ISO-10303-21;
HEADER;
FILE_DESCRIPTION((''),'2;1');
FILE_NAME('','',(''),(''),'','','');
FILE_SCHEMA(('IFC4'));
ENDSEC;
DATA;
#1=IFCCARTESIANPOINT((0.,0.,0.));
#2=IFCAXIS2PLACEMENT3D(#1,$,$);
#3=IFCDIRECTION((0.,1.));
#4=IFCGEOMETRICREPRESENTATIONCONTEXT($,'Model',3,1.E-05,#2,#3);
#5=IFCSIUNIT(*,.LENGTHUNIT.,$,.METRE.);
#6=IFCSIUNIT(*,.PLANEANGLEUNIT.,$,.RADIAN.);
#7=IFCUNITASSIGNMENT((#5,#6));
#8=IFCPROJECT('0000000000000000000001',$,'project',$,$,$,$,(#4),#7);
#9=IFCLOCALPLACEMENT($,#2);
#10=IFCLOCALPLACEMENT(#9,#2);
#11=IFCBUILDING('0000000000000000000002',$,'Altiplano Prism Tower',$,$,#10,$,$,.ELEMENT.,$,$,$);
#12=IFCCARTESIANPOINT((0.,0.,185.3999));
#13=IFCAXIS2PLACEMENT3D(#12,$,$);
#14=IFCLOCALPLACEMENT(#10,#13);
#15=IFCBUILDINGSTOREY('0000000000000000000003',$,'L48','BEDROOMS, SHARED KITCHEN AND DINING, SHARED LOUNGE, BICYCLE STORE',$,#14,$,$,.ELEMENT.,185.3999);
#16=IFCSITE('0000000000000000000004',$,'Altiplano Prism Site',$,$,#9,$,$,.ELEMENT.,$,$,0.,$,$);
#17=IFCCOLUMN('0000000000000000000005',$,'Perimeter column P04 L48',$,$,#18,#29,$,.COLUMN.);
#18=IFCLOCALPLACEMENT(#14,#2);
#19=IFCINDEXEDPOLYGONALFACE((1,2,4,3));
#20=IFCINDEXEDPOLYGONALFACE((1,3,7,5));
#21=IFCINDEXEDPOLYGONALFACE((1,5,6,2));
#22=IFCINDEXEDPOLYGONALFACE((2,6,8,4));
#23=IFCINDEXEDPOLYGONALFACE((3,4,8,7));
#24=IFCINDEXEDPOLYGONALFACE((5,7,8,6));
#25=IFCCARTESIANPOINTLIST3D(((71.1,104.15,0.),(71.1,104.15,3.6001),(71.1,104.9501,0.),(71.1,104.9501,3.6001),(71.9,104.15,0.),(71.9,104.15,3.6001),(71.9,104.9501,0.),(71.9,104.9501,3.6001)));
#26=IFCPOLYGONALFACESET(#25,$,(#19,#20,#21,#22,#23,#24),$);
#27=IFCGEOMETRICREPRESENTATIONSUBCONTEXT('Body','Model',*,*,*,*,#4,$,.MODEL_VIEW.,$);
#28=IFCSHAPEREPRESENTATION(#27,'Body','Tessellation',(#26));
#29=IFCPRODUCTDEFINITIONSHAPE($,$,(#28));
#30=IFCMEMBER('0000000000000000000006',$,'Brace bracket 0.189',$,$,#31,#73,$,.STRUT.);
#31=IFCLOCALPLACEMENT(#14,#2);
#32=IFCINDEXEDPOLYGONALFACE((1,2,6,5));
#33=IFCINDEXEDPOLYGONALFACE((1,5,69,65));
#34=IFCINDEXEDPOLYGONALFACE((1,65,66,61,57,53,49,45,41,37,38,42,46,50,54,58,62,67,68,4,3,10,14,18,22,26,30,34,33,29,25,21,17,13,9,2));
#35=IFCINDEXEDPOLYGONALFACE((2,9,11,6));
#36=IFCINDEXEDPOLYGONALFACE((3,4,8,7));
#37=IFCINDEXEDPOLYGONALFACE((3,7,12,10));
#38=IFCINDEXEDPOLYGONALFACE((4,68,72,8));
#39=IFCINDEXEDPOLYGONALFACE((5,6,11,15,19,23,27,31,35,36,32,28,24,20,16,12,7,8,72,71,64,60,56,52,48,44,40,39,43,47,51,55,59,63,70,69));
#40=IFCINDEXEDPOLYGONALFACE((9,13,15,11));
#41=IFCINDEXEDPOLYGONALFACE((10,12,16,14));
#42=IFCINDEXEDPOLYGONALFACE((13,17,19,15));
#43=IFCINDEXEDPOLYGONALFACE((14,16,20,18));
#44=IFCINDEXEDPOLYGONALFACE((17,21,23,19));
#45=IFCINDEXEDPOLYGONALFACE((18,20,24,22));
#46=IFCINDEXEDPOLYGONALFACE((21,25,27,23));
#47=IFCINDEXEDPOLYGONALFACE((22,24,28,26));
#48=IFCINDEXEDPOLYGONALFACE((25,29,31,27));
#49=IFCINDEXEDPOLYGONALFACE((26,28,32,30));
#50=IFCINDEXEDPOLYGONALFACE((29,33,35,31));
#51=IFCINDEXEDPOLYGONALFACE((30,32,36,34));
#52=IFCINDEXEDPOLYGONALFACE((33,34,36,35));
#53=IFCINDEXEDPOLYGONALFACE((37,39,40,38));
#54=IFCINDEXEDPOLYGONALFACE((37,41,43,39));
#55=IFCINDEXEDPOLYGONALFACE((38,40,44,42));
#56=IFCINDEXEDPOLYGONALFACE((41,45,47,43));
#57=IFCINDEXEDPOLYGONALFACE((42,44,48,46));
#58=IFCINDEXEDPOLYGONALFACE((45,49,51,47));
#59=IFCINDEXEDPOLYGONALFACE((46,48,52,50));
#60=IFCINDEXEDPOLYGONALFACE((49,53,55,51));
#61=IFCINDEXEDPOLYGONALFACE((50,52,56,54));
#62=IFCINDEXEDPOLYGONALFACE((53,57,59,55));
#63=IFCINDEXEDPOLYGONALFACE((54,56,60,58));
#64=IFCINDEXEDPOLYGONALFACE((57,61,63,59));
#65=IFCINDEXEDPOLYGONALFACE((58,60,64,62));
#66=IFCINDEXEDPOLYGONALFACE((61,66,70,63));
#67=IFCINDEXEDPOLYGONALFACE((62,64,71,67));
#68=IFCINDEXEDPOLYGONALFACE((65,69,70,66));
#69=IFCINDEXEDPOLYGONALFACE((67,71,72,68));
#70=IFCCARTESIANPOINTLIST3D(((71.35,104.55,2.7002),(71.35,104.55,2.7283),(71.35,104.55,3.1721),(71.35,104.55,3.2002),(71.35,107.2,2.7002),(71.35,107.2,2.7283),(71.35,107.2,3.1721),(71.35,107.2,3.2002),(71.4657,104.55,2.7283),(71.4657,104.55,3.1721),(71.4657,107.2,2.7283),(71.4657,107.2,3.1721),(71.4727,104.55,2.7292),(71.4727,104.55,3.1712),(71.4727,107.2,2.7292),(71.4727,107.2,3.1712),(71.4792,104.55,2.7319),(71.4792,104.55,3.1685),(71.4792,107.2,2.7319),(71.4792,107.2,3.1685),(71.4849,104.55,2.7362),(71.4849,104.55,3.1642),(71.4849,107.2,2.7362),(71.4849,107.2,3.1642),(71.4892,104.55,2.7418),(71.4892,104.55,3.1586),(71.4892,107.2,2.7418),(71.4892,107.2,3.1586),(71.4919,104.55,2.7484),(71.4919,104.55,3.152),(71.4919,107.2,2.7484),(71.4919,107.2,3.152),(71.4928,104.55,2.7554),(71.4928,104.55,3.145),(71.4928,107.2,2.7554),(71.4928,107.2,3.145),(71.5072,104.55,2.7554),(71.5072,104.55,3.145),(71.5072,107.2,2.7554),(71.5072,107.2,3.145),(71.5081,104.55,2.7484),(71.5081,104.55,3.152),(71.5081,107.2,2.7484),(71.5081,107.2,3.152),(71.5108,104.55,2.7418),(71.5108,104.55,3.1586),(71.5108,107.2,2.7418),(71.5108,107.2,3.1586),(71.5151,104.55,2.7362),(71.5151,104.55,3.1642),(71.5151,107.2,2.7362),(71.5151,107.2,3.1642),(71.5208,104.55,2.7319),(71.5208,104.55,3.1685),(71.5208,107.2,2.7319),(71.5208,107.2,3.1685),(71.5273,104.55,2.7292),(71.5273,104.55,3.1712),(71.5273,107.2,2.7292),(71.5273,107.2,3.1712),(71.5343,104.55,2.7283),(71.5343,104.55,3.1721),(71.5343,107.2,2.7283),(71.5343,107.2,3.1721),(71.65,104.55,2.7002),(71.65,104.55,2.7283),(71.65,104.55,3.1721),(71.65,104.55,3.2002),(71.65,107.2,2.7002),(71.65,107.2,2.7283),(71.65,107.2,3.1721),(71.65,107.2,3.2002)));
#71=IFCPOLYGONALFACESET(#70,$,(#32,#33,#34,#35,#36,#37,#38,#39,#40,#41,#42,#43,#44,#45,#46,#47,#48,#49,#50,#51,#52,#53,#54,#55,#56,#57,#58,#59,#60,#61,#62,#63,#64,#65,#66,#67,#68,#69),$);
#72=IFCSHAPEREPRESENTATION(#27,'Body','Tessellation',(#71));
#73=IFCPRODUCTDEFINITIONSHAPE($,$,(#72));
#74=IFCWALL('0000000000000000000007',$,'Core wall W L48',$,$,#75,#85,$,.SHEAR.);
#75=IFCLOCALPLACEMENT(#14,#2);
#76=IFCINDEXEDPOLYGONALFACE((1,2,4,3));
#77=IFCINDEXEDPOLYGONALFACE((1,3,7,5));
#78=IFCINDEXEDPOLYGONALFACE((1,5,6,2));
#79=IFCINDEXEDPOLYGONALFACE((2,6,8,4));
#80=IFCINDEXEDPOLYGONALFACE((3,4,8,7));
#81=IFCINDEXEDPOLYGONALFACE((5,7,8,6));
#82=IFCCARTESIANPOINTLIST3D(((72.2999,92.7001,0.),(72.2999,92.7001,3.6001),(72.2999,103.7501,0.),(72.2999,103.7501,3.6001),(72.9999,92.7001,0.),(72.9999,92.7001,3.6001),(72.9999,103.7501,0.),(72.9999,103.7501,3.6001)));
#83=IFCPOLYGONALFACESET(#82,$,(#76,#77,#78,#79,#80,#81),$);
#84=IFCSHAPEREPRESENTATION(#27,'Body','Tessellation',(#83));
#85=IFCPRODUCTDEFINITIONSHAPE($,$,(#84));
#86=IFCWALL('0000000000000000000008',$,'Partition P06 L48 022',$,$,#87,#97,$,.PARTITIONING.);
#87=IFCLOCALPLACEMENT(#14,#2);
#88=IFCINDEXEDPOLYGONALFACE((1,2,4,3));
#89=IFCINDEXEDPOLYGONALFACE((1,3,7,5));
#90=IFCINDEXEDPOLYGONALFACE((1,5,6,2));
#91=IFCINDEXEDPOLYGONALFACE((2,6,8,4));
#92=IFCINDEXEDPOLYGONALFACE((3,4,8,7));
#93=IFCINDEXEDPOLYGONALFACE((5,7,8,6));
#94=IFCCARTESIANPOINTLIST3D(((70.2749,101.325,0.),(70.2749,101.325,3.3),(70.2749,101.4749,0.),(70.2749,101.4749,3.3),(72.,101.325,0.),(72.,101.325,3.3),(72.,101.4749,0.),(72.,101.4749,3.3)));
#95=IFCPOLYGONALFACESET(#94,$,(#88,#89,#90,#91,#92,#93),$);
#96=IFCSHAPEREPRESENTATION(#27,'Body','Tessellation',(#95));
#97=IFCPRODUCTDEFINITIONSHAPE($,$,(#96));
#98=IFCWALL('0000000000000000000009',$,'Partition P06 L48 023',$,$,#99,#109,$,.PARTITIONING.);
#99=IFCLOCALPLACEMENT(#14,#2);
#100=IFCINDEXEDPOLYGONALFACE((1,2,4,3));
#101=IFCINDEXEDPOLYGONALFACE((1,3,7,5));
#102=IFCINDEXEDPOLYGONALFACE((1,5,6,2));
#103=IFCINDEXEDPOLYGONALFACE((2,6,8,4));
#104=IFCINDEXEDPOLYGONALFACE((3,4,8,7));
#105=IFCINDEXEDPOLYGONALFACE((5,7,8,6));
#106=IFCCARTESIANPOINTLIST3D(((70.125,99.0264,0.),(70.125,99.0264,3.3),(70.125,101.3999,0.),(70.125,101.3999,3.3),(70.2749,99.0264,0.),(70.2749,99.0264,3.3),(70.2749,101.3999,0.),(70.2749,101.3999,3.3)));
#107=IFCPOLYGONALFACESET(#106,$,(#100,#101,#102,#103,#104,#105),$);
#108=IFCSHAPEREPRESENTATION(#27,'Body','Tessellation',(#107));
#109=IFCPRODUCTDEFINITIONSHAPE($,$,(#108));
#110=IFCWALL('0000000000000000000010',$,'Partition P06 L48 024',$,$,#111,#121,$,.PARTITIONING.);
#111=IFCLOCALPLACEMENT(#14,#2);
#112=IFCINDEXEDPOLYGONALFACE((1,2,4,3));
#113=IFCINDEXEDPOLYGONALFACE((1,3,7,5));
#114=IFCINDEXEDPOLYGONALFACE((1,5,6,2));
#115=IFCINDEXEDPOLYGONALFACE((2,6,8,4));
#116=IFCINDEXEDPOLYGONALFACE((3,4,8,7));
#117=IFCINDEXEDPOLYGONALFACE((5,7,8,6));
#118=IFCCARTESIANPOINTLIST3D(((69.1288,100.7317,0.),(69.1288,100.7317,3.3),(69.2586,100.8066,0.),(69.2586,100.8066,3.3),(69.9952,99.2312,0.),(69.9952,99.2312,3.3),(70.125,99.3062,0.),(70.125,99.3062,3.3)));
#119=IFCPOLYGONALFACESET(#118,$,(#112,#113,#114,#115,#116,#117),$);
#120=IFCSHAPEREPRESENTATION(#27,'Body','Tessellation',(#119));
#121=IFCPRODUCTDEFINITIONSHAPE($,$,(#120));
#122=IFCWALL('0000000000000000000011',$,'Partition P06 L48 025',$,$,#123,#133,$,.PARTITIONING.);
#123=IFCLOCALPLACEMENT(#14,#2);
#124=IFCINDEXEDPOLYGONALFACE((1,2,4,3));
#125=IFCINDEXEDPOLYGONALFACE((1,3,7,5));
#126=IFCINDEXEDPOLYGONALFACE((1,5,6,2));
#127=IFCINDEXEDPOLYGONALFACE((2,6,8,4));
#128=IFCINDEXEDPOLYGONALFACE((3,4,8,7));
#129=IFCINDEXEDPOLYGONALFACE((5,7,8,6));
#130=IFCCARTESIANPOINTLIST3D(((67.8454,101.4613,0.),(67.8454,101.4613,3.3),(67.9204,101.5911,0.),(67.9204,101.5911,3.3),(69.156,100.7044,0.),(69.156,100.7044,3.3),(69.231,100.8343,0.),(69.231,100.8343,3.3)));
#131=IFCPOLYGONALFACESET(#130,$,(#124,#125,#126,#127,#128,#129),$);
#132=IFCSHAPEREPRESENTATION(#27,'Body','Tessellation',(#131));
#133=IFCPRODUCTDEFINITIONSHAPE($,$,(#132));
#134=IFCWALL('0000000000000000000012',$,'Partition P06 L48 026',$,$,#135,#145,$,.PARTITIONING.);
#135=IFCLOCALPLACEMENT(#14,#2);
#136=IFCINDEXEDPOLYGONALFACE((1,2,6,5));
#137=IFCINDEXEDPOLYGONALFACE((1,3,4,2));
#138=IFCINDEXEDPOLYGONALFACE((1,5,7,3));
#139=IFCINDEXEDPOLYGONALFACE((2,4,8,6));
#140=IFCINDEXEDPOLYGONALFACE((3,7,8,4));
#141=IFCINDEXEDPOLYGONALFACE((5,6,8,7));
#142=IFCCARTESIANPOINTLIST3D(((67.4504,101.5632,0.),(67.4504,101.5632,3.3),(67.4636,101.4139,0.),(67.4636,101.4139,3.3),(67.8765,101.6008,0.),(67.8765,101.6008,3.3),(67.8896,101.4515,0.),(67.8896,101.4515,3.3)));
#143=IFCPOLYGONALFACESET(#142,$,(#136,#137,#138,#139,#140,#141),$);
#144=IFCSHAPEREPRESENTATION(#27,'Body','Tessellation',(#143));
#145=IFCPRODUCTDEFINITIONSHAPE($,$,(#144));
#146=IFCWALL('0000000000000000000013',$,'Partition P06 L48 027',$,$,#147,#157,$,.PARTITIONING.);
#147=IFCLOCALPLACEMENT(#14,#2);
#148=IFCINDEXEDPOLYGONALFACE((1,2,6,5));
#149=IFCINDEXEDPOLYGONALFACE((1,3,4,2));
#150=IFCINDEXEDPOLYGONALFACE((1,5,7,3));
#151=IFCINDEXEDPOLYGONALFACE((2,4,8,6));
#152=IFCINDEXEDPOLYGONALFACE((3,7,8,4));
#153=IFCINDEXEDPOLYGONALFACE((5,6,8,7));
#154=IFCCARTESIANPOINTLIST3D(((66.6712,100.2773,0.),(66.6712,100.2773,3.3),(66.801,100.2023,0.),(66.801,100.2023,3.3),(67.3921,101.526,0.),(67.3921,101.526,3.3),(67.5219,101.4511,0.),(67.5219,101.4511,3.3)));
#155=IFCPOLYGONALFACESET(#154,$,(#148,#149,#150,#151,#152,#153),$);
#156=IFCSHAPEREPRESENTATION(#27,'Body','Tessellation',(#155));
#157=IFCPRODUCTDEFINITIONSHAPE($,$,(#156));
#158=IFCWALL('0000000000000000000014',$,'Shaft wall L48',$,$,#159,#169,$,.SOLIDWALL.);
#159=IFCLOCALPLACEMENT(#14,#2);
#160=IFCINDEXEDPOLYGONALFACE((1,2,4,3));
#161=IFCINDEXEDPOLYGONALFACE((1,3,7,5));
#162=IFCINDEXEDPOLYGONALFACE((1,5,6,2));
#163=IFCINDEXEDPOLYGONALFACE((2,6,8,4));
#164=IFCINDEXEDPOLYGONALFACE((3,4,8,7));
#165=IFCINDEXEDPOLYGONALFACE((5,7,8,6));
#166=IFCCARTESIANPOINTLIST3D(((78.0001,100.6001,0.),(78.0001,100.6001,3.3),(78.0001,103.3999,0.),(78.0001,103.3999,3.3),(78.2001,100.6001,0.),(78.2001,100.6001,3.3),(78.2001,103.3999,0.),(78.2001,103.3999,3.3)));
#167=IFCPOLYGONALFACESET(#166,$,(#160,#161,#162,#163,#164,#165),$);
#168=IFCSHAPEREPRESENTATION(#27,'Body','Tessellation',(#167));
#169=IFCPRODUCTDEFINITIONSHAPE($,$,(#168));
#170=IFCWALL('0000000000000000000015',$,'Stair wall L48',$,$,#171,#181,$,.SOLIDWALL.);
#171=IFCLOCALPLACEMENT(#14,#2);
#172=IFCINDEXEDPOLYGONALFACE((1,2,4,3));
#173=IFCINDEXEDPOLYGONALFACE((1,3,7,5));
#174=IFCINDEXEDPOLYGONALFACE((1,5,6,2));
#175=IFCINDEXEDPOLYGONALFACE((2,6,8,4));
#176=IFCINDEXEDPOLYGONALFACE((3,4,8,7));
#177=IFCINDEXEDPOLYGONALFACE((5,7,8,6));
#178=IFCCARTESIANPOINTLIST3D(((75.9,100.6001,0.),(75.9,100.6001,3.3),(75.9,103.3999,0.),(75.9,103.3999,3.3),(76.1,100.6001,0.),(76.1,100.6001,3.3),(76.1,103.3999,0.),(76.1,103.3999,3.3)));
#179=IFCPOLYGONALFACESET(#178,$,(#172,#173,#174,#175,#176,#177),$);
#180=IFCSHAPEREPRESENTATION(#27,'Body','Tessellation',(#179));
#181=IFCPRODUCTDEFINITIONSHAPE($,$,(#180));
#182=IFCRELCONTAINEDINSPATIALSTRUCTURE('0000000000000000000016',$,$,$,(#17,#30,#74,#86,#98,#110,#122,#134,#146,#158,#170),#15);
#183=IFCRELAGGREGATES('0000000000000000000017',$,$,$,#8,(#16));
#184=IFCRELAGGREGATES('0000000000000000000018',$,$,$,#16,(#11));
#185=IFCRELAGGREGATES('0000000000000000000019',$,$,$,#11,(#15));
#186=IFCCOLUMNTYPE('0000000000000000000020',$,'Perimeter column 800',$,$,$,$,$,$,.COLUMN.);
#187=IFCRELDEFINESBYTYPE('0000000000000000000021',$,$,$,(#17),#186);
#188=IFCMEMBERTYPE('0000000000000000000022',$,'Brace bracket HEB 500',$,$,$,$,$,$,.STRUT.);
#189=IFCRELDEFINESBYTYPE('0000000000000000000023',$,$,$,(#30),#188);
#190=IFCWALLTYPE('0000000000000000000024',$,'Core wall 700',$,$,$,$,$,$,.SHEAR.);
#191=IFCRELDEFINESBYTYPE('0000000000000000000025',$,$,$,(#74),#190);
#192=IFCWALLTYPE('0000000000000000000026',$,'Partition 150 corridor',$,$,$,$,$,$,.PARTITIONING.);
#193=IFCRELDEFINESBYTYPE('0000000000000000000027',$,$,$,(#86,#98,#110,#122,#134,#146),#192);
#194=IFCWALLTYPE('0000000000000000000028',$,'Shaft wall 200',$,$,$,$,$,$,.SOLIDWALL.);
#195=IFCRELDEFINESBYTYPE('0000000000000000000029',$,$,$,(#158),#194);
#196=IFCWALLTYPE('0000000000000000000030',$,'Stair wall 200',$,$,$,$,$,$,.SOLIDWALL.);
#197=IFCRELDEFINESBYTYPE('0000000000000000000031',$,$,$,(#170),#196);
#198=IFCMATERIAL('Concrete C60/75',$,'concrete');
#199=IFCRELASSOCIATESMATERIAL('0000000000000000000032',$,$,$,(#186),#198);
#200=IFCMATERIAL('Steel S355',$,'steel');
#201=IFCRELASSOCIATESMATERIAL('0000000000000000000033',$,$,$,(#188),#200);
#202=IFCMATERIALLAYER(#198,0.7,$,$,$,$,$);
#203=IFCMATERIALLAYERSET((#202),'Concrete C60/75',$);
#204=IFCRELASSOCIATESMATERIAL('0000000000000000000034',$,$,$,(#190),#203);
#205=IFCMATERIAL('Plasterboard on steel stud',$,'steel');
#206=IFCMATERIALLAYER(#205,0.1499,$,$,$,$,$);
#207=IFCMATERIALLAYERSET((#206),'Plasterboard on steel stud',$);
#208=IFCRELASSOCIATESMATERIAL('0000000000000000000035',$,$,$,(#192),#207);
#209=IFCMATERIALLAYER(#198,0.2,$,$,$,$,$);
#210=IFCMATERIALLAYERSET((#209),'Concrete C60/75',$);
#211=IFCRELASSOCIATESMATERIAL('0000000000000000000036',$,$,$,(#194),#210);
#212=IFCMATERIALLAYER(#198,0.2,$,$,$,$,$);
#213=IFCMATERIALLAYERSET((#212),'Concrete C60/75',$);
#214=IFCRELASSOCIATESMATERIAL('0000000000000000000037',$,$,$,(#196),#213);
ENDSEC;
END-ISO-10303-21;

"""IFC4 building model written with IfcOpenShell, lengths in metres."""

from ifc_helpers import new_model, si_unit, direction, frame, frame_2d, origin, origin_2d, place, context, subcontext, project, spatial, rectangle, i_section, extrude, material, layer, layer_set, material_profile, profile_set, type_object, element, save


model = new_model("IFC4")

# Units and contexts
model_context = context("Model", 3, precision=1e-05, world=origin(), true_north=direction((0.0, 1.0)))
body_context = subcontext(model_context, "Body", "Model", "MODEL_VIEW")
ifc_project = project(units=[si_unit("LENGTHUNIT", "METRE"), si_unit("PLANEANGLEUNIT", "RADIAN")], contexts=[model_context])

# Site, building, storey
site_placement = place(None, origin())
site = spatial("IfcSite", under=ifc_project, at=site_placement, Name="Altiplano Prism Site", CompositionType="ELEMENT", RefElevation=0.0)
building_placement = place(site_placement, origin())
building = spatial("IfcBuilding", under=site, at=building_placement, Name="Altiplano Prism Tower", CompositionType="ELEMENT")
storey_placement = place(building_placement, frame((0.0, 0.0, 185.3999)))
storey = spatial("IfcBuildingStorey", under=building, at=storey_placement, Name="L48", Description="BEDROOMS, SHARED KITCHEN AND DINING, SHARED LOUNGE, BICYCLE STORE", CompositionType="ELEMENT", Elevation=185.3999)

# Column
ifc_material_1 = material(Name="Concrete C60/75", Category="concrete")
ifc_material_profile_1 = material_profile(ifc_material_1, rectangle(XDim=0.8, YDim=0.8, at=origin_2d()), Name="Perimeter column 800")
ifc_profile_set_1 = profile_set([ifc_material_profile_1], Name="Concrete C60/75")
column_type = type_object("IfcColumnType", Name="Perimeter column 800", PredefinedType="COLUMN", material=ifc_profile_set_1)
column_placement = place(storey_placement, frame((71.5, 104.55, 0.0), z_axis=(0.0, 0.0, 1.0), x_axis=(1.0, 0.0, 0.0)))
element("IfcColumn", 1, at=column_placement, inside=storey, type_object=column_type, Name="Perimeter column P04 L48", PredefinedType="COLUMN", context=body_context, shape_type="SweptSolid", body=[
    extrude(rectangle(XDim=0.8, YDim=0.8, at=origin_2d()), origin(), (0.0, 0.0, 1.0), 3.6001),
])

# Member
ifc_material_2 = material(Name="Steel S355", Category="steel")
ifc_material_profile_2 = material_profile(ifc_material_2, i_section(OverallWidth=0.3, OverallDepth=0.5, WebThickness=0.0144, FlangeThickness=0.0281, FilletRadius=0.0271, at=origin_2d()), Name="Brace bracket HEB 500")
ifc_profile_set_2 = profile_set([ifc_material_profile_2], Name="Steel S355")
member_type = type_object("IfcMemberType", Name="Brace bracket HEB 500", PredefinedType="STRUT", material=ifc_profile_set_2)
member_placement = place(storey_placement, frame((71.5, 104.55, 2.9502), z_axis=(0.0, 1.0, 0.0), x_axis=(-1.0, 0.0, 0.0)))
element("IfcMember", 2, at=member_placement, inside=storey, type_object=member_type, Name="Brace bracket 0.189", PredefinedType="STRUT", context=body_context, shape_type="SweptSolid", body=[
    extrude(i_section(OverallWidth=0.3, OverallDepth=0.5, WebThickness=0.0144, FlangeThickness=0.0281, FilletRadius=0.0271, at=origin_2d()), origin(), (0.0, 0.0, 1.0), 2.6499),
])

# Walls
ifc_layer_1 = layer(ifc_material_1, 0.7)
ifc_layer_set_1 = layer_set([ifc_layer_1], Name="Concrete C60/75")
wall_type_1 = type_object("IfcWallType", Name="Core wall 700", PredefinedType="SHEAR", material=ifc_layer_set_1)
wall_1_placement = place(storey_placement, frame((72.6499, 103.75, 0.0), z_axis=(0.0, 0.0, 1.0), x_axis=(0.0, -1.0, 0.0)))
element("IfcWall", 3, at=wall_1_placement, inside=storey, type_object=wall_type_1, Name="Core wall W L48", PredefinedType="SHEAR", context=body_context, shape_type="SweptSolid", body=[
    extrude(rectangle(XDim=11.05, YDim=0.7, at=frame_2d((5.5249, 0.0))), origin(), (0.0, 0.0, 1.0), 3.6001),
])
ifc_material_3 = material(Name="Plasterboard on steel stud", Category="steel")
ifc_layer_2 = layer(ifc_material_3, 0.1499)
ifc_layer_set_2 = layer_set([ifc_layer_2], Name="Plasterboard on steel stud")
wall_type_2 = type_object("IfcWallType", Name="Partition 150 corridor", PredefinedType="PARTITIONING", material=ifc_layer_set_2)
wall_2_placement = place(storey_placement, frame((72.0, 101.3999, 0.0), z_axis=(0.0, 0.0, 1.0), x_axis=(-1.0, 0.0, 0.0)))
element("IfcWall", 4, at=wall_2_placement, inside=storey, type_object=wall_type_2, Name="Partition P06 L48 022", PredefinedType="PARTITIONING", context=body_context, shape_type="SweptSolid", body=[
    extrude(rectangle(XDim=1.7251, YDim=0.1499, at=frame_2d((0.8625, 0.0))), origin(), (0.0, 0.0, 1.0), 3.3),
])
wall_3_placement = place(storey_placement, frame((70.2, 101.3999, 0.0), z_axis=(0.0, 0.0, 1.0), x_axis=(0.0, -1.0, 0.0)))
element("IfcWall", 5, at=wall_3_placement, inside=storey, type_object=wall_type_2, Name="Partition P06 L48 023", PredefinedType="PARTITIONING", context=body_context, shape_type="SweptSolid", body=[
    extrude(rectangle(XDim=2.3735, YDim=0.1499, at=frame_2d((1.1868, 0.0))), origin(), (0.0, 0.0, 1.0), 3.3),
])
wall_4_placement = place(storey_placement, frame((70.0601, 99.2688, 0.0), z_axis=(0.0, 0.0, 1.0), x_axis=(-0.500064, 0.865988, 0.0)))
element("IfcWall", 6, at=wall_4_placement, inside=storey, type_object=wall_type_2, Name="Partition P06 L48 024", PredefinedType="PARTITIONING", context=body_context, shape_type="SweptSolid", body=[
    extrude(rectangle(XDim=1.7327, YDim=0.1499, at=frame_2d((0.8662, 0.0))), origin(), (0.0, 0.0, 1.0), 3.3),
])
wall_5_placement = place(storey_placement, frame((69.1936, 100.7693, 0.0), z_axis=(0.0, 0.0, 1.0), x_axis=(-0.865971, 0.500095, 0.0)))
element("IfcWall", 7, at=wall_5_placement, inside=storey, type_object=wall_type_2, Name="Partition P06 L48 025", PredefinedType="PARTITIONING", context=body_context, shape_type="SweptSolid", body=[
    extrude(rectangle(XDim=1.5134, YDim=0.1499, at=frame_2d((0.7568, 0.0))), origin(), (0.0, 0.0, 1.0), 3.3),
])
wall_6_placement = place(storey_placement, frame((67.8831, 101.5261, 0.0), z_axis=(0.0, 0.0, 1.0), x_axis=(-0.996128, -0.08791, 0.0)))
element("IfcWall", 8, at=wall_6_placement, inside=storey, type_object=wall_type_2, Name="Partition P06 L48 026", PredefinedType="PARTITIONING", context=body_context, shape_type="SweptSolid", body=[
    extrude(rectangle(XDim=0.4277, YDim=0.1499, at=frame_2d((0.2139, 0.0))), origin(), (0.0, 0.0, 1.0), 3.3),
])
wall_7_placement = place(storey_placement, frame((67.457, 101.4885, 0.0), z_axis=(0.0, 0.0, 1.0), x_axis=(-0.499981, -0.866036, 0.0)))
element("IfcWall", 9, at=wall_7_placement, inside=storey, type_object=wall_type_2, Name="Partition P06 L48 027", PredefinedType="PARTITIONING", context=body_context, shape_type="SweptSolid", body=[
    extrude(rectangle(XDim=1.4419, YDim=0.1499, at=frame_2d((0.7209, 0.0))), origin(), (0.0, 0.0, 1.0), 3.3),
])
ifc_layer_3 = layer(ifc_material_1, 0.2)
ifc_layer_set_3 = layer_set([ifc_layer_3], Name="Concrete C60/75")
wall_type_3 = type_object("IfcWallType", Name="Shaft wall 200", PredefinedType="SOLIDWALL", material=ifc_layer_set_3)
wall_8_placement = place(storey_placement, frame((78.1001, 100.6001, 0.0), z_axis=(0.0, 0.0, 1.0), x_axis=(0.0, 1.0, 0.0)))
element("IfcWall", 10, at=wall_8_placement, inside=storey, type_object=wall_type_3, Name="Shaft wall L48", PredefinedType="SOLIDWALL", context=body_context, shape_type="SweptSolid", body=[
    extrude(rectangle(XDim=2.7998, YDim=0.2, at=frame_2d((1.3999, 0.0))), origin(), (0.0, 0.0, 1.0), 3.3),
])

# Shared definitions
ifc_layer_4 = layer(ifc_material_1, 0.2)
ifc_layer_set_4 = layer_set([ifc_layer_4], Name="Concrete C60/75")
wall_type_4 = type_object("IfcWallType", Name="Stair wall 200", PredefinedType="SOLIDWALL", material=ifc_layer_set_4)

# Wall
wall_9_placement = place(storey_placement, frame((76.0, 100.6001, 0.0), z_axis=(0.0, 0.0, 1.0), x_axis=(0.0, 1.0, 0.0)))
element("IfcWall", 11, at=wall_9_placement, inside=storey, type_object=wall_type_4, Name="Stair wall L48", PredefinedType="SOLIDWALL", context=body_context, shape_type="SweptSolid", body=[
    extrude(rectangle(XDim=2.7998, YDim=0.2, at=frame_2d((1.3999, 0.0))), origin(), (0.0, 0.0, 1.0), 3.3),
])

save(model, "model.ifc")
